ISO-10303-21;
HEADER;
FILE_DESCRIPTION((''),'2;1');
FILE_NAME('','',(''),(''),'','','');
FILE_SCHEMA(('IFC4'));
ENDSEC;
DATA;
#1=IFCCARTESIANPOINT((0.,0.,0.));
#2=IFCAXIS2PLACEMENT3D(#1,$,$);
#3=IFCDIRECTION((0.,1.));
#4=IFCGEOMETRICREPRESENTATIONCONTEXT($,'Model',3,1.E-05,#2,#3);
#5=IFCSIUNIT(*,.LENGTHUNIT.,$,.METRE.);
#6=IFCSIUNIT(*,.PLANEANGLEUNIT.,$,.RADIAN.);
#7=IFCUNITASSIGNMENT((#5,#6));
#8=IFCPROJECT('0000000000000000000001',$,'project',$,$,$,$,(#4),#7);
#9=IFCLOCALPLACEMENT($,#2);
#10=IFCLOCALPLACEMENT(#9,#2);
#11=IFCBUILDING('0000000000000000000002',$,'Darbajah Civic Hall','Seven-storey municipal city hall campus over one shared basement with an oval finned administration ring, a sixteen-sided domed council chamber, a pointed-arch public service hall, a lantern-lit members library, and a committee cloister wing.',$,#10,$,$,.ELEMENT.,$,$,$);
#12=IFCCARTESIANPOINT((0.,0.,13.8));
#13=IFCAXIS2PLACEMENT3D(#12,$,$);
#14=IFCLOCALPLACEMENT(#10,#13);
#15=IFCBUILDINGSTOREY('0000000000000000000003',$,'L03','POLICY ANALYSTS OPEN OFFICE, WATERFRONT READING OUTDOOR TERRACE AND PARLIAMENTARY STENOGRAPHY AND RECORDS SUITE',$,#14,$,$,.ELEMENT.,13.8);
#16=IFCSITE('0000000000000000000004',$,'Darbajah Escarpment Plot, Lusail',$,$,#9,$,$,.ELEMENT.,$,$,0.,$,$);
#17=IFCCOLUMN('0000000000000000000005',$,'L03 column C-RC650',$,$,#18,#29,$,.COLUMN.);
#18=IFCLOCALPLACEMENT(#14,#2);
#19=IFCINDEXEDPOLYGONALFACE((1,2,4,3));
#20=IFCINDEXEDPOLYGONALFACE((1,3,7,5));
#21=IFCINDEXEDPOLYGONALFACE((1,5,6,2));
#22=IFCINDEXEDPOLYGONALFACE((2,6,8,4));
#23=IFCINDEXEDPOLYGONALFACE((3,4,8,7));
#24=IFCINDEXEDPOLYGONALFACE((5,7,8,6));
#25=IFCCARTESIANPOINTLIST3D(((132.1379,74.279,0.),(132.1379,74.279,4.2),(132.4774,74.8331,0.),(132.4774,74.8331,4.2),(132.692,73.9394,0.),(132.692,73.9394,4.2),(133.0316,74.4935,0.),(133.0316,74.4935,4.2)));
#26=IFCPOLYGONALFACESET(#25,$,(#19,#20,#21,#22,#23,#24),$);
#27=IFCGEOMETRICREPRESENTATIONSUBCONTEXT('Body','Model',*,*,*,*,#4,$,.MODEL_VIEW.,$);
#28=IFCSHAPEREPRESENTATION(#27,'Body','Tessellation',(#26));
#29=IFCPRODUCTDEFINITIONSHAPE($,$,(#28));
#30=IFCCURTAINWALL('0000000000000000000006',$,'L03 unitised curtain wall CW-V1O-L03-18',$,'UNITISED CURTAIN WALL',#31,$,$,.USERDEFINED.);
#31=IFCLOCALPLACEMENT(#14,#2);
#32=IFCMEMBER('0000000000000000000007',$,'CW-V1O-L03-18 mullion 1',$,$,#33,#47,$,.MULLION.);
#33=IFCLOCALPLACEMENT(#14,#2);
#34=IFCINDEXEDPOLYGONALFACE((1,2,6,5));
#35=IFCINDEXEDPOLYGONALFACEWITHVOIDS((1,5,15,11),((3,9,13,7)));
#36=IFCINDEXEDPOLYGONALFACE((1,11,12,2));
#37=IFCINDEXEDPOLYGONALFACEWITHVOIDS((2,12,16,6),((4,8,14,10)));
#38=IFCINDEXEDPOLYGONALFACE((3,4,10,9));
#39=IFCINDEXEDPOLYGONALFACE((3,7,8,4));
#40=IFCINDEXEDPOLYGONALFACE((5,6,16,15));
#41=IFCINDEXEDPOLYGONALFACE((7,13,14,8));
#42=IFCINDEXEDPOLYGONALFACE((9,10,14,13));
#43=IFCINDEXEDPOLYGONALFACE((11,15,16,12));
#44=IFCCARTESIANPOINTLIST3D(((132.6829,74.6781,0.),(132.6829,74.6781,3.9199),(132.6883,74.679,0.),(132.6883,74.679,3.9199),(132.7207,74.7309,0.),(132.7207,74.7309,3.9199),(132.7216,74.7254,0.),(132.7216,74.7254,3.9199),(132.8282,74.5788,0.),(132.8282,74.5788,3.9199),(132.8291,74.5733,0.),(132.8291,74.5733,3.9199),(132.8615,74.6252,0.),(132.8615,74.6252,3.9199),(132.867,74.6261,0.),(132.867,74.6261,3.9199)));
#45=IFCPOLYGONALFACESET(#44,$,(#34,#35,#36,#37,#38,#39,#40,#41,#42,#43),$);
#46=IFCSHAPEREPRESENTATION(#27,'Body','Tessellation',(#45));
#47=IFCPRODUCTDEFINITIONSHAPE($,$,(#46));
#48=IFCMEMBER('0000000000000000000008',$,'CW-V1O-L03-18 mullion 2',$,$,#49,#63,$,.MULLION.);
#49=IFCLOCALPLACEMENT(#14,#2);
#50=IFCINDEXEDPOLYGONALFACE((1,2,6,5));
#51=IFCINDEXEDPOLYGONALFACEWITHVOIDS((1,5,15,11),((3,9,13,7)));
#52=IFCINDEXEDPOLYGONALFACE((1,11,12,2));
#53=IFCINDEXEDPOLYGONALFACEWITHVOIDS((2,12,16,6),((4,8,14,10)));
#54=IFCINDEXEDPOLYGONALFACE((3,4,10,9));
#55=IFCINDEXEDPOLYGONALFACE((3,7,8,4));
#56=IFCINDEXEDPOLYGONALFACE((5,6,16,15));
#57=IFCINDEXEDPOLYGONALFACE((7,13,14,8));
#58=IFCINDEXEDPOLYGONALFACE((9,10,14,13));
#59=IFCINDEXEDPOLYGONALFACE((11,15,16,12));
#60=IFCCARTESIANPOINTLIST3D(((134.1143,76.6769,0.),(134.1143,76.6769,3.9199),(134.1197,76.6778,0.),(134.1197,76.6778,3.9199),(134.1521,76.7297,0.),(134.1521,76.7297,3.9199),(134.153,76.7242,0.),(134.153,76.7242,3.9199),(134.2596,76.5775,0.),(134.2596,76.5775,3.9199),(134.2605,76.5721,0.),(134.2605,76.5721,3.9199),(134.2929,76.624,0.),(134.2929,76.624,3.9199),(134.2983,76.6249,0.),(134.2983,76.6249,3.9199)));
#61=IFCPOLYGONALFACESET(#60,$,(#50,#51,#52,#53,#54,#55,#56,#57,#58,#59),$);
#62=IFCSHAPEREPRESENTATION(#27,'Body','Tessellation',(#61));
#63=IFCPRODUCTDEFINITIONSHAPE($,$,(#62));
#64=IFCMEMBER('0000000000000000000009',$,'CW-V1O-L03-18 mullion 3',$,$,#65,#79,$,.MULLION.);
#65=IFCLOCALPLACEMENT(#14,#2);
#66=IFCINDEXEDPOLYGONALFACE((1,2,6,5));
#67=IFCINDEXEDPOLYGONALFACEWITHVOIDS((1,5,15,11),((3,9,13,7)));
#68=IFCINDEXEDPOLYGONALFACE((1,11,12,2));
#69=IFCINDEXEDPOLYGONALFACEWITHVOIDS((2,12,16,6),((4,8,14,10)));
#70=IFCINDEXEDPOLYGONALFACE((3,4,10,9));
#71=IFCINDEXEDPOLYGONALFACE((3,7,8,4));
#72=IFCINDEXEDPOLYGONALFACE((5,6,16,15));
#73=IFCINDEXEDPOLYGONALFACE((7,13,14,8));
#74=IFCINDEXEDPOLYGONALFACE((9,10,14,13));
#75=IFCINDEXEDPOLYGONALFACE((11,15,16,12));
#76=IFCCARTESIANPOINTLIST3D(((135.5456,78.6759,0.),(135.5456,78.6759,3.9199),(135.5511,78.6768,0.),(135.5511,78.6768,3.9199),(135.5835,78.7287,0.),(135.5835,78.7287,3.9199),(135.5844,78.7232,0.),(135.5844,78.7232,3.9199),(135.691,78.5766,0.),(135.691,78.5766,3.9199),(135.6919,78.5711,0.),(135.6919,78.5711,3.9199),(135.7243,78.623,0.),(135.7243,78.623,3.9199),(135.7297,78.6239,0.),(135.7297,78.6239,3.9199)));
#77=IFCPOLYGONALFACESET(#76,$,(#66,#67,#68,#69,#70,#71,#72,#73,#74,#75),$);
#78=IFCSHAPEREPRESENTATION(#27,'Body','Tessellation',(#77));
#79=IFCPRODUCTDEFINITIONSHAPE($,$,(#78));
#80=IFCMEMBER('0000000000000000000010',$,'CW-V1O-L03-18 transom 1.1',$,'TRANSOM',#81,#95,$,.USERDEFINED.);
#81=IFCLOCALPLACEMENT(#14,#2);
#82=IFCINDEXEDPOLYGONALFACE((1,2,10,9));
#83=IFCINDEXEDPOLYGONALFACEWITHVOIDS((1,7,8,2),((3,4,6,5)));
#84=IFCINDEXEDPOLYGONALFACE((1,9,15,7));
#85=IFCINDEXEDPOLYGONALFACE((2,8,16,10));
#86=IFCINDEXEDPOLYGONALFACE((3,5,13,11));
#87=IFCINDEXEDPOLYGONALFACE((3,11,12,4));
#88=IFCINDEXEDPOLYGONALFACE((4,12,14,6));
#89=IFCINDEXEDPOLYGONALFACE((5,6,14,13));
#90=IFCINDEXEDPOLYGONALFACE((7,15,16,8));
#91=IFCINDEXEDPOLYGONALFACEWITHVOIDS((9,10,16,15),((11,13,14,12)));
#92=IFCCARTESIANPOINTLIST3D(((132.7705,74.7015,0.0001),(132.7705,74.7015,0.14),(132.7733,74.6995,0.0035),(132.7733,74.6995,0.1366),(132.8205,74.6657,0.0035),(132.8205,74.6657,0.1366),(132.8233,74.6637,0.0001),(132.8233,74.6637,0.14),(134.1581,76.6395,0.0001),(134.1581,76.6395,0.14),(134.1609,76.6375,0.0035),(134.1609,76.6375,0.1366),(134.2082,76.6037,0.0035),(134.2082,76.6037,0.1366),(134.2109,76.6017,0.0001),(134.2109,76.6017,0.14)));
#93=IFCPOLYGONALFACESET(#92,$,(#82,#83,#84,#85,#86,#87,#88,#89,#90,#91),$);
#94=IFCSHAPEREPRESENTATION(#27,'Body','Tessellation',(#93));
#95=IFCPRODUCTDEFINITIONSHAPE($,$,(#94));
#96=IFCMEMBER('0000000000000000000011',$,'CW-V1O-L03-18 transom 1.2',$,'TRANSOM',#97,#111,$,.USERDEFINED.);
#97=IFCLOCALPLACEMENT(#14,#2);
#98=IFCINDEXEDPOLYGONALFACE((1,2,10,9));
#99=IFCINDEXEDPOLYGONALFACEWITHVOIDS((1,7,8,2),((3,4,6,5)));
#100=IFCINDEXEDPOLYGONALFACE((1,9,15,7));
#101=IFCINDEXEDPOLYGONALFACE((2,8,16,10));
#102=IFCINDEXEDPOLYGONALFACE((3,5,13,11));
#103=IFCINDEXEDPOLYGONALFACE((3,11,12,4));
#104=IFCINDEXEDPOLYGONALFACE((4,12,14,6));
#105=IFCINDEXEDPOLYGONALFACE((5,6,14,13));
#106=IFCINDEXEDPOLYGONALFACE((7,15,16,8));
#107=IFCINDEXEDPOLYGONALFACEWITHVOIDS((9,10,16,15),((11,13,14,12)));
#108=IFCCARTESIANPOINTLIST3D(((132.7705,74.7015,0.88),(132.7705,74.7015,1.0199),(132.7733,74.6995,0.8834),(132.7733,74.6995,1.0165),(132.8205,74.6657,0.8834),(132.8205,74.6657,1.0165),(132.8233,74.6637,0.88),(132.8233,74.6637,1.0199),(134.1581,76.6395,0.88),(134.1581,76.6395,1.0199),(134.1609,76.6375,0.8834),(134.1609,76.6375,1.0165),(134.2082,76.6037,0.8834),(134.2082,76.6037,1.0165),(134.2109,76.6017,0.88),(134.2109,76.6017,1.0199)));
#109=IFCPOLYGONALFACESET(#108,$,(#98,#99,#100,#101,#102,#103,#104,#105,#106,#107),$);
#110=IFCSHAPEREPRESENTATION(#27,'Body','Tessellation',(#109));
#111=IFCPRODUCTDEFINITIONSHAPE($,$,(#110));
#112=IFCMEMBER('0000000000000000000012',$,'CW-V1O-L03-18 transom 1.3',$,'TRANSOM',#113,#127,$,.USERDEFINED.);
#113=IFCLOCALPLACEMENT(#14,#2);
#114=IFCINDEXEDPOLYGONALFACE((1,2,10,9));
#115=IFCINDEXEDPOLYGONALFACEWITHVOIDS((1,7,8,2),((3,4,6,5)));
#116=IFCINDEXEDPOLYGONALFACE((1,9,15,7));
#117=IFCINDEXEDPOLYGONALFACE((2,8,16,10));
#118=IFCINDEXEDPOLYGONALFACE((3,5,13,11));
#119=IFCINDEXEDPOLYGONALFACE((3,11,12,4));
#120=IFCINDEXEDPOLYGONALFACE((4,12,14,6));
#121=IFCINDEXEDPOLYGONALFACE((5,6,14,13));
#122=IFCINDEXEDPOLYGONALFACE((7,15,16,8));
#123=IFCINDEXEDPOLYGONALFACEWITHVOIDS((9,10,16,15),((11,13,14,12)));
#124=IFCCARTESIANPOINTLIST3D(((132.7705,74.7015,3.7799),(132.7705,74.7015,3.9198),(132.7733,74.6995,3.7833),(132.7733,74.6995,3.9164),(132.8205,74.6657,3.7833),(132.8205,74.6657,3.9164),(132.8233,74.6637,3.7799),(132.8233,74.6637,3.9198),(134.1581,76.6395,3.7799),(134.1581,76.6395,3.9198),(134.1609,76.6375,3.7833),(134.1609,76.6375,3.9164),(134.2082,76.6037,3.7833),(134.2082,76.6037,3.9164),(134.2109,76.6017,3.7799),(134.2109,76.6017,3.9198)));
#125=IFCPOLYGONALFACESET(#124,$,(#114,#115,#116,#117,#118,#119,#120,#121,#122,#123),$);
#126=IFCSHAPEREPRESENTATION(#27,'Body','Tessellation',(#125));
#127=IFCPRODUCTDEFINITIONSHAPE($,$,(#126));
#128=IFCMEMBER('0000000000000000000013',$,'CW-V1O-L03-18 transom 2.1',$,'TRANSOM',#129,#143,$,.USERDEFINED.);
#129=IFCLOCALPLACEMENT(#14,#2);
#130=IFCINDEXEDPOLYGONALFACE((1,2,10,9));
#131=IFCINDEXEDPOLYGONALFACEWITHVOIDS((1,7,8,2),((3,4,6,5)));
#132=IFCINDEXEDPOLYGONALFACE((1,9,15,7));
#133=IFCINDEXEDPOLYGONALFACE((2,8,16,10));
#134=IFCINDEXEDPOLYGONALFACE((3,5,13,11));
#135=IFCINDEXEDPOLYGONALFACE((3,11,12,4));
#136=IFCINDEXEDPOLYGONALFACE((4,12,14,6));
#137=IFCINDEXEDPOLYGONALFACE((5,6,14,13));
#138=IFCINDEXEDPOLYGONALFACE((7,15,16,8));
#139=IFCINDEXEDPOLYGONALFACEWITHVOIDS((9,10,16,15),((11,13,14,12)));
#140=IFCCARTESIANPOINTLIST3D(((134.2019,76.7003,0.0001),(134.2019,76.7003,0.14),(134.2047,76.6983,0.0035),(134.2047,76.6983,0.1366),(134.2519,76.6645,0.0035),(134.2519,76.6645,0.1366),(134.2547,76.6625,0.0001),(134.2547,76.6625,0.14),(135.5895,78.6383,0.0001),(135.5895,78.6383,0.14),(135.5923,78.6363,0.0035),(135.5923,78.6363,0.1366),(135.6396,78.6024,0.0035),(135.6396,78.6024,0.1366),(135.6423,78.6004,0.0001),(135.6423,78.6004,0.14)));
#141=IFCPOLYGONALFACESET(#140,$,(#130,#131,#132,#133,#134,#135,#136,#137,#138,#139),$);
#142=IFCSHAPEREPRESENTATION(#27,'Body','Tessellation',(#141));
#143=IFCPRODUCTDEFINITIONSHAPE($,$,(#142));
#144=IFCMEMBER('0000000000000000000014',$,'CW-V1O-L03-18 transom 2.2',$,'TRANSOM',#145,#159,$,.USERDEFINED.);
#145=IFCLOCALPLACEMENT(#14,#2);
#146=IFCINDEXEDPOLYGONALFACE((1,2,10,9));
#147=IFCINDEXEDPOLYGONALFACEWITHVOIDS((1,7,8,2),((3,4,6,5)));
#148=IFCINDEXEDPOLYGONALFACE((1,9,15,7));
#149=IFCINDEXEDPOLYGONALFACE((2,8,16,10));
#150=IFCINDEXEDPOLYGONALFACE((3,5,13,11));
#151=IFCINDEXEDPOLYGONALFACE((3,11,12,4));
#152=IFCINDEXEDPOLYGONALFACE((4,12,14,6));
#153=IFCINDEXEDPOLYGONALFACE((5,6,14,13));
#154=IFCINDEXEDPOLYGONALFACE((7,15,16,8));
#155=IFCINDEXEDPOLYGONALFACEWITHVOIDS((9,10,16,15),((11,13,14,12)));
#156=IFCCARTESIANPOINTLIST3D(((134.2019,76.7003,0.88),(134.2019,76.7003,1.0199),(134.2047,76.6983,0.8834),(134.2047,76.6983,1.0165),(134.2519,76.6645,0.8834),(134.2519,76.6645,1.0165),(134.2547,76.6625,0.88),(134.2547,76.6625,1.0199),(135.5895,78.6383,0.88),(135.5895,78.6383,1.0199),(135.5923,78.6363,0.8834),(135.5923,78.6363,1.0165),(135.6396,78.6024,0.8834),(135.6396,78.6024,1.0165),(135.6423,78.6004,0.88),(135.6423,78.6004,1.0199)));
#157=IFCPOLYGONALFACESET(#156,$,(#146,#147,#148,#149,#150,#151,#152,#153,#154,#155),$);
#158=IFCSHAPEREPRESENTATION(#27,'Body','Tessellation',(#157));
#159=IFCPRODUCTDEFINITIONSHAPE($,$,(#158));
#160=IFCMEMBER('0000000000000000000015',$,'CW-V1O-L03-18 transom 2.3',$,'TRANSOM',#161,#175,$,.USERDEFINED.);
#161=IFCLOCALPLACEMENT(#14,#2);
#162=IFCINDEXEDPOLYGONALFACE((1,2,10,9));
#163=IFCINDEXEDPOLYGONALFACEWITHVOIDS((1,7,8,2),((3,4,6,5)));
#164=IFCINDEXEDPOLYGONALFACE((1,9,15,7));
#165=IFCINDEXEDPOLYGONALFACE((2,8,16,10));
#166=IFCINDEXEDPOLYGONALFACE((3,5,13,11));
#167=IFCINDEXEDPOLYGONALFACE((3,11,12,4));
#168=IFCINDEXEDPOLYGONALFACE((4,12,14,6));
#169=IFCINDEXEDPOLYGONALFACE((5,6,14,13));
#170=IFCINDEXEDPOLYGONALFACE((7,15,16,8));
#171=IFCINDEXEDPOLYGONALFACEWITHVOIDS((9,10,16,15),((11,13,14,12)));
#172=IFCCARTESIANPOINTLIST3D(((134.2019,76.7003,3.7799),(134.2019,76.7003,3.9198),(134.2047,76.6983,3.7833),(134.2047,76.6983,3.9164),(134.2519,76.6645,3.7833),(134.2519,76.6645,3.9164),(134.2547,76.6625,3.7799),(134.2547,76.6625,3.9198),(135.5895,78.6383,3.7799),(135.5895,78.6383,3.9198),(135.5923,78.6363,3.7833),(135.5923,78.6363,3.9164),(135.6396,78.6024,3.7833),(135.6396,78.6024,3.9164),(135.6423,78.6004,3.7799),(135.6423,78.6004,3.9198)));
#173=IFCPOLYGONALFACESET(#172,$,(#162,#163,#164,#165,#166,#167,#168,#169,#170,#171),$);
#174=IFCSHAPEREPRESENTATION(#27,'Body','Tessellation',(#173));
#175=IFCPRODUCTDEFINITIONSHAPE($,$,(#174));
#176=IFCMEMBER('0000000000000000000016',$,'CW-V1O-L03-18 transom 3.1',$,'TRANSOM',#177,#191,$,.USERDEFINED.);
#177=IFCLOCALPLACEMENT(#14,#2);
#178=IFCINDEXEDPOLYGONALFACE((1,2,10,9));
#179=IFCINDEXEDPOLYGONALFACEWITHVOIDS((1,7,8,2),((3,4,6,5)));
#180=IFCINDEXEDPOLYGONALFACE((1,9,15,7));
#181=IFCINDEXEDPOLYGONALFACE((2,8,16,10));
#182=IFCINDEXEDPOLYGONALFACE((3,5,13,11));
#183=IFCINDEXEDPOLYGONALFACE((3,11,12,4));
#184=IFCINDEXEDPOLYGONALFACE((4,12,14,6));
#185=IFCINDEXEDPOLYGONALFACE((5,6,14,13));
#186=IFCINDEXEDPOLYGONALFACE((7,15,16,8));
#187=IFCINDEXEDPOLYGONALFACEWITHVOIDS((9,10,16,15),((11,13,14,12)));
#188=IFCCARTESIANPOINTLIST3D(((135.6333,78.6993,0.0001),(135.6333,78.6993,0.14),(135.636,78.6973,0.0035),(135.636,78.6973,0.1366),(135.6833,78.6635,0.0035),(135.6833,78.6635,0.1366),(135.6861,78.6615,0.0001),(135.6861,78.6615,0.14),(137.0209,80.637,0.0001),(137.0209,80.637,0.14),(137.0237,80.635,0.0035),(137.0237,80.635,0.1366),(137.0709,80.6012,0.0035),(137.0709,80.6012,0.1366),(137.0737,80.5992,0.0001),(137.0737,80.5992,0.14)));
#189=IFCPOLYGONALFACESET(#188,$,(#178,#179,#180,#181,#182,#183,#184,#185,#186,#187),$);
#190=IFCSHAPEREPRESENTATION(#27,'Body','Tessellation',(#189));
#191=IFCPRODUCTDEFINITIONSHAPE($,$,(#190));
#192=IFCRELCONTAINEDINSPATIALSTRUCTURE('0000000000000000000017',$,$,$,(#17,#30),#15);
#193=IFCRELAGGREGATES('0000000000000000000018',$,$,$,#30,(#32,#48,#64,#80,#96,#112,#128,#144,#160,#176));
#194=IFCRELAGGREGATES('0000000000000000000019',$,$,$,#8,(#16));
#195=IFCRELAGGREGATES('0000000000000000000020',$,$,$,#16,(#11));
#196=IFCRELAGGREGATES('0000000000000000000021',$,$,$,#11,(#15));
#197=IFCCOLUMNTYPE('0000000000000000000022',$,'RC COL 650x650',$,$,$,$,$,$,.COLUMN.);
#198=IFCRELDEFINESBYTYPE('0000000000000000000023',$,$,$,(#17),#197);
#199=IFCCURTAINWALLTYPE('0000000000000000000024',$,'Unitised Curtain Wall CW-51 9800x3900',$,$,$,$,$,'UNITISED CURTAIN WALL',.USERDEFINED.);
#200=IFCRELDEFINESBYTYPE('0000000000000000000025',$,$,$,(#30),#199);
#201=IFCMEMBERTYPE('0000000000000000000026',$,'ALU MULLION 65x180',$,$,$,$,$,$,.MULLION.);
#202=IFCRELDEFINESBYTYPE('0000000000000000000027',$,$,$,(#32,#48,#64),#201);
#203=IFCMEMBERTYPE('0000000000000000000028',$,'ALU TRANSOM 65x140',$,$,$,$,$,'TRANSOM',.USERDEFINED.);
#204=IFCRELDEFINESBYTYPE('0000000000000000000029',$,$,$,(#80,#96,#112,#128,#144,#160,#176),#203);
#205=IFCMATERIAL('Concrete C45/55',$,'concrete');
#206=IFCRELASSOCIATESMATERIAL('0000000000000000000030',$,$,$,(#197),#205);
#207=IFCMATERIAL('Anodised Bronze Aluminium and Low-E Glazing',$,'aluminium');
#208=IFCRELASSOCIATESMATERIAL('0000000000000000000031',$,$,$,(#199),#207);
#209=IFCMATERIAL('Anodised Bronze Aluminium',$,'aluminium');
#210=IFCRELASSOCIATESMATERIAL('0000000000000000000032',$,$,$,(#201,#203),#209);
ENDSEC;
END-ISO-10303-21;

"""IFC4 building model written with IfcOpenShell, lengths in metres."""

from ifc_helpers import new_model, si_unit, direction, frame, origin, origin_2d, place, context, subcontext, project, spatial, rectangle, hollow_rectangle, extrude, material, material_profile, profile_set, type_object, element, aggregate, save


model = new_model("IFC4")

# Units and contexts
model_context = context("Model", 3, precision=1e-05, world=origin(), true_north=direction((0.0, 1.0)))
body_context = subcontext(model_context, "Body", "Model", "MODEL_VIEW")
ifc_project = project(units=[si_unit("LENGTHUNIT", "METRE"), si_unit("PLANEANGLEUNIT", "RADIAN")], contexts=[model_context])

# Site, building, storey
site_placement = place(None, origin())
site = spatial("IfcSite", under=ifc_project, at=site_placement, Name="Darbajah Escarpment Plot, Lusail", CompositionType="ELEMENT", RefElevation=0.0)
building_placement = place(site_placement, origin())
building = spatial("IfcBuilding", under=site, at=building_placement, Name="Darbajah Civic Hall", Description="Seven-storey municipal city hall campus over one shared basement with an oval finned administration ring, a sixteen-sided domed council chamber, a pointed-arch public service hall, a lantern-lit members library, and a committee cloister wing.", CompositionType="ELEMENT")
storey_placement = place(building_placement, frame((0.0, 0.0, 13.8)))
storey = spatial("IfcBuildingStorey", under=building, at=storey_placement, Name="L03", Description="POLICY ANALYSTS OPEN OFFICE, WATERFRONT READING OUTDOOR TERRACE AND PARLIAMENTARY STENOGRAPHY AND RECORDS SUITE", CompositionType="ELEMENT", Elevation=13.8)

# Column
ifc_material_1 = material(Name="Concrete C45/55", Category="concrete")
ifc_material_profile_1 = material_profile(ifc_material_1, rectangle(XDim=0.6499, YDim=0.6499, at=origin_2d()), Name="RC COL 650x650")
ifc_profile_set_1 = profile_set([ifc_material_profile_1], Name="Concrete C45/55")
column_type = type_object("IfcColumnType", Name="RC COL 650x650", PredefinedType="COLUMN", material=ifc_profile_set_1)
column_placement = place(storey_placement, frame((132.5847, 74.3862, 0.0), z_axis=(0.0, 0.0, 1.0), x_axis=(0.85264, -0.522499, 0.0)))
element("IfcColumn", 1, at=column_placement, inside=storey, type_object=column_type, Name="L03 column C-RC650", PredefinedType="COLUMN", context=body_context, shape_type="SweptSolid", body=[
    extrude(rectangle(XDim=0.6499, YDim=0.6499, at=origin_2d()), origin(), (0.0, 0.0, 1.0), 4.2),
])

# Curtain wall, members
ifc_material_2 = material(Name="Anodised Bronze Aluminium and Low-E Glazing", Category="aluminium")
curtain_wall_type = type_object("IfcCurtainWallType", Name="Unitised Curtain Wall CW-51 9800x3900", ElementType="UNITISED CURTAIN WALL", PredefinedType="USERDEFINED", material=ifc_material_2)
curtain_wall_placement = place(storey_placement, origin())
curtain_wall = element("IfcCurtainWall", 2, at=curtain_wall_placement, inside=storey, type_object=curtain_wall_type, Name="L03 unitised curtain wall CW-V1O-L03-18", ObjectType="UNITISED CURTAIN WALL", PredefinedType="USERDEFINED")
ifc_material_3 = material(Name="Anodised Bronze Aluminium", Category="aluminium")
ifc_material_profile_2 = material_profile(ifc_material_3, hollow_rectangle(XDim=0.0649, YDim=0.1799, WallThickness=0.0039, at=origin_2d()), Name="ALU MULLION 65x180")
ifc_profile_set_2 = profile_set([ifc_material_profile_2], Name="Anodised Bronze Aluminium")
member_type_1 = type_object("IfcMemberType", Name="ALU MULLION 65x180", PredefinedType="MULLION", material=ifc_profile_set_2)
member_1_placement = place(storey_placement, frame((132.7749, 74.6521, 0.0), z_axis=(0.0, 0.0, 1.0), x_axis=(0.582265, 0.812999, 0.0)))
member_1 = element("IfcMember", 3, at=member_1_placement, type_object=member_type_1, Name="CW-V1O-L03-18 mullion 1", PredefinedType="MULLION", context=body_context, shape_type="SweptSolid", body=[
    extrude(hollow_rectangle(XDim=0.0649, YDim=0.1799, WallThickness=0.0039, at=origin_2d()), origin(), (0.0, 0.0, 1.0), 3.9199),
])
member_2_placement = place(storey_placement, frame((134.2063, 76.6509, 0.0), z_axis=(0.0, 0.0, 1.0), x_axis=(0.582265, 0.812999, 0.0)))
member_2 = element("IfcMember", 4, at=member_2_placement, type_object=member_type_1, Name="CW-V1O-L03-18 mullion 2", PredefinedType="MULLION", context=body_context, shape_type="SweptSolid", body=[
    extrude(hollow_rectangle(XDim=0.0649, YDim=0.1799, WallThickness=0.0039, at=origin_2d()), origin(), (0.0, 0.0, 1.0), 3.9199),
])
member_3_placement = place(storey_placement, frame((135.6377, 78.6499, 0.0), z_axis=(0.0, 0.0, 1.0), x_axis=(0.582265, 0.812999, 0.0)))
member_3 = element("IfcMember", 5, at=member_3_placement, type_object=member_type_1, Name="CW-V1O-L03-18 mullion 3", PredefinedType="MULLION", context=body_context, shape_type="SweptSolid", body=[
    extrude(hollow_rectangle(XDim=0.0649, YDim=0.1799, WallThickness=0.0039, at=origin_2d()), origin(), (0.0, 0.0, 1.0), 3.9199),
])
ifc_material_profile_3 = material_profile(ifc_material_3, hollow_rectangle(XDim=0.0649, YDim=0.1399, WallThickness=0.0034, at=origin_2d()), Name="ALU TRANSOM 65x140")
ifc_profile_set_3 = profile_set([ifc_material_profile_3], Name="Anodised Bronze Aluminium")
member_type_2 = type_object("IfcMemberType", Name="ALU TRANSOM 65x140", ElementType="TRANSOM", PredefinedType="USERDEFINED", material=ifc_profile_set_3)
member_4_placement = place(storey_placement, frame((132.7969, 74.6826, 0.0701), z_axis=(0.582187, 0.813055, 0.0), x_axis=(-0.813055, 0.582187, 0.0)))
member_4 = element("IfcMember", 6, at=member_4_placement, type_object=member_type_2, Name="CW-V1O-L03-18 transom 1.1", ObjectType="TRANSOM", PredefinedType="USERDEFINED", context=body_context, shape_type="SweptSolid", body=[
    extrude(hollow_rectangle(XDim=0.0649, YDim=0.1399, WallThickness=0.0034, at=origin_2d()), origin(), (0.0, 0.0, 1.0), 2.3835),
])
member_5_placement = place(storey_placement, frame((132.7969, 74.6826, 0.95), z_axis=(0.582187, 0.813055, 0.0), x_axis=(-0.813055, 0.582187, 0.0)))
member_5 = element("IfcMember", 7, at=member_5_placement, type_object=member_type_2, Name="CW-V1O-L03-18 transom 1.2", ObjectType="TRANSOM", PredefinedType="USERDEFINED", context=body_context, shape_type="SweptSolid", body=[
    extrude(hollow_rectangle(XDim=0.0649, YDim=0.1399, WallThickness=0.0034, at=origin_2d()), origin(), (0.0, 0.0, 1.0), 2.3835),
])
member_6_placement = place(storey_placement, frame((132.7969, 74.6826, 3.8499), z_axis=(0.582187, 0.813055, 0.0), x_axis=(-0.813055, 0.582187, 0.0)))
member_6 = element("IfcMember", 8, at=member_6_placement, type_object=member_type_2, Name="CW-V1O-L03-18 transom 1.3", ObjectType="TRANSOM", PredefinedType="USERDEFINED", context=body_context, shape_type="SweptSolid", body=[
    extrude(hollow_rectangle(XDim=0.0649, YDim=0.1399, WallThickness=0.0034, at=origin_2d()), origin(), (0.0, 0.0, 1.0), 2.3835),
])
member_7_placement = place(storey_placement, frame((134.2283, 76.6814, 0.0701), z_axis=(0.582187, 0.813055, 0.0), x_axis=(-0.813055, 0.582187, 0.0)))
member_7 = element("IfcMember", 9, at=member_7_placement, type_object=member_type_2, Name="CW-V1O-L03-18 transom 2.1", ObjectType="TRANSOM", PredefinedType="USERDEFINED", context=body_context, shape_type="SweptSolid", body=[
    extrude(hollow_rectangle(XDim=0.0649, YDim=0.1399, WallThickness=0.0034, at=origin_2d()), origin(), (0.0, 0.0, 1.0), 2.3835),
])
member_8_placement = place(storey_placement, frame((134.2283, 76.6814, 0.95), z_axis=(0.582187, 0.813055, 0.0), x_axis=(-0.813055, 0.582187, 0.0)))
member_8 = element("IfcMember", 10, at=member_8_placement, type_object=member_type_2, Name="CW-V1O-L03-18 transom 2.2", ObjectType="TRANSOM", PredefinedType="USERDEFINED", context=body_context, shape_type="SweptSolid", body=[
    extrude(hollow_rectangle(XDim=0.0649, YDim=0.1399, WallThickness=0.0034, at=origin_2d()), origin(), (0.0, 0.0, 1.0), 2.3835),
])
member_9_placement = place(storey_placement, frame((134.2283, 76.6814, 3.8499), z_axis=(0.582187, 0.813055, 0.0), x_axis=(-0.813055, 0.582187, 0.0)))
member_9 = element("IfcMember", 11, at=member_9_placement, type_object=member_type_2, Name="CW-V1O-L03-18 transom 2.3", ObjectType="TRANSOM", PredefinedType="USERDEFINED", context=body_context, shape_type="SweptSolid", body=[
    extrude(hollow_rectangle(XDim=0.0649, YDim=0.1399, WallThickness=0.0034, at=origin_2d()), origin(), (0.0, 0.0, 1.0), 2.3835),
])
member_10_placement = place(storey_placement, frame((135.6597, 78.6804, 0.0701), z_axis=(0.582236, 0.81302, 0.0), x_axis=(-0.81302, 0.582236, 0.0)))
member_10 = element("IfcMember", 12, at=member_10_placement, type_object=member_type_2, Name="CW-V1O-L03-18 transom 3.1", ObjectType="TRANSOM", PredefinedType="USERDEFINED", context=body_context, shape_type="SweptSolid", body=[
    extrude(hollow_rectangle(XDim=0.0649, YDim=0.1399, WallThickness=0.0034, at=origin_2d()), origin(), (0.0, 0.0, 1.0), 2.3833),
])

aggregate(curtain_wall, [member_1, member_2, member_3, member_4, member_5, member_6, member_7, member_8, member_9, member_10])

save(model, "model.ifc")
